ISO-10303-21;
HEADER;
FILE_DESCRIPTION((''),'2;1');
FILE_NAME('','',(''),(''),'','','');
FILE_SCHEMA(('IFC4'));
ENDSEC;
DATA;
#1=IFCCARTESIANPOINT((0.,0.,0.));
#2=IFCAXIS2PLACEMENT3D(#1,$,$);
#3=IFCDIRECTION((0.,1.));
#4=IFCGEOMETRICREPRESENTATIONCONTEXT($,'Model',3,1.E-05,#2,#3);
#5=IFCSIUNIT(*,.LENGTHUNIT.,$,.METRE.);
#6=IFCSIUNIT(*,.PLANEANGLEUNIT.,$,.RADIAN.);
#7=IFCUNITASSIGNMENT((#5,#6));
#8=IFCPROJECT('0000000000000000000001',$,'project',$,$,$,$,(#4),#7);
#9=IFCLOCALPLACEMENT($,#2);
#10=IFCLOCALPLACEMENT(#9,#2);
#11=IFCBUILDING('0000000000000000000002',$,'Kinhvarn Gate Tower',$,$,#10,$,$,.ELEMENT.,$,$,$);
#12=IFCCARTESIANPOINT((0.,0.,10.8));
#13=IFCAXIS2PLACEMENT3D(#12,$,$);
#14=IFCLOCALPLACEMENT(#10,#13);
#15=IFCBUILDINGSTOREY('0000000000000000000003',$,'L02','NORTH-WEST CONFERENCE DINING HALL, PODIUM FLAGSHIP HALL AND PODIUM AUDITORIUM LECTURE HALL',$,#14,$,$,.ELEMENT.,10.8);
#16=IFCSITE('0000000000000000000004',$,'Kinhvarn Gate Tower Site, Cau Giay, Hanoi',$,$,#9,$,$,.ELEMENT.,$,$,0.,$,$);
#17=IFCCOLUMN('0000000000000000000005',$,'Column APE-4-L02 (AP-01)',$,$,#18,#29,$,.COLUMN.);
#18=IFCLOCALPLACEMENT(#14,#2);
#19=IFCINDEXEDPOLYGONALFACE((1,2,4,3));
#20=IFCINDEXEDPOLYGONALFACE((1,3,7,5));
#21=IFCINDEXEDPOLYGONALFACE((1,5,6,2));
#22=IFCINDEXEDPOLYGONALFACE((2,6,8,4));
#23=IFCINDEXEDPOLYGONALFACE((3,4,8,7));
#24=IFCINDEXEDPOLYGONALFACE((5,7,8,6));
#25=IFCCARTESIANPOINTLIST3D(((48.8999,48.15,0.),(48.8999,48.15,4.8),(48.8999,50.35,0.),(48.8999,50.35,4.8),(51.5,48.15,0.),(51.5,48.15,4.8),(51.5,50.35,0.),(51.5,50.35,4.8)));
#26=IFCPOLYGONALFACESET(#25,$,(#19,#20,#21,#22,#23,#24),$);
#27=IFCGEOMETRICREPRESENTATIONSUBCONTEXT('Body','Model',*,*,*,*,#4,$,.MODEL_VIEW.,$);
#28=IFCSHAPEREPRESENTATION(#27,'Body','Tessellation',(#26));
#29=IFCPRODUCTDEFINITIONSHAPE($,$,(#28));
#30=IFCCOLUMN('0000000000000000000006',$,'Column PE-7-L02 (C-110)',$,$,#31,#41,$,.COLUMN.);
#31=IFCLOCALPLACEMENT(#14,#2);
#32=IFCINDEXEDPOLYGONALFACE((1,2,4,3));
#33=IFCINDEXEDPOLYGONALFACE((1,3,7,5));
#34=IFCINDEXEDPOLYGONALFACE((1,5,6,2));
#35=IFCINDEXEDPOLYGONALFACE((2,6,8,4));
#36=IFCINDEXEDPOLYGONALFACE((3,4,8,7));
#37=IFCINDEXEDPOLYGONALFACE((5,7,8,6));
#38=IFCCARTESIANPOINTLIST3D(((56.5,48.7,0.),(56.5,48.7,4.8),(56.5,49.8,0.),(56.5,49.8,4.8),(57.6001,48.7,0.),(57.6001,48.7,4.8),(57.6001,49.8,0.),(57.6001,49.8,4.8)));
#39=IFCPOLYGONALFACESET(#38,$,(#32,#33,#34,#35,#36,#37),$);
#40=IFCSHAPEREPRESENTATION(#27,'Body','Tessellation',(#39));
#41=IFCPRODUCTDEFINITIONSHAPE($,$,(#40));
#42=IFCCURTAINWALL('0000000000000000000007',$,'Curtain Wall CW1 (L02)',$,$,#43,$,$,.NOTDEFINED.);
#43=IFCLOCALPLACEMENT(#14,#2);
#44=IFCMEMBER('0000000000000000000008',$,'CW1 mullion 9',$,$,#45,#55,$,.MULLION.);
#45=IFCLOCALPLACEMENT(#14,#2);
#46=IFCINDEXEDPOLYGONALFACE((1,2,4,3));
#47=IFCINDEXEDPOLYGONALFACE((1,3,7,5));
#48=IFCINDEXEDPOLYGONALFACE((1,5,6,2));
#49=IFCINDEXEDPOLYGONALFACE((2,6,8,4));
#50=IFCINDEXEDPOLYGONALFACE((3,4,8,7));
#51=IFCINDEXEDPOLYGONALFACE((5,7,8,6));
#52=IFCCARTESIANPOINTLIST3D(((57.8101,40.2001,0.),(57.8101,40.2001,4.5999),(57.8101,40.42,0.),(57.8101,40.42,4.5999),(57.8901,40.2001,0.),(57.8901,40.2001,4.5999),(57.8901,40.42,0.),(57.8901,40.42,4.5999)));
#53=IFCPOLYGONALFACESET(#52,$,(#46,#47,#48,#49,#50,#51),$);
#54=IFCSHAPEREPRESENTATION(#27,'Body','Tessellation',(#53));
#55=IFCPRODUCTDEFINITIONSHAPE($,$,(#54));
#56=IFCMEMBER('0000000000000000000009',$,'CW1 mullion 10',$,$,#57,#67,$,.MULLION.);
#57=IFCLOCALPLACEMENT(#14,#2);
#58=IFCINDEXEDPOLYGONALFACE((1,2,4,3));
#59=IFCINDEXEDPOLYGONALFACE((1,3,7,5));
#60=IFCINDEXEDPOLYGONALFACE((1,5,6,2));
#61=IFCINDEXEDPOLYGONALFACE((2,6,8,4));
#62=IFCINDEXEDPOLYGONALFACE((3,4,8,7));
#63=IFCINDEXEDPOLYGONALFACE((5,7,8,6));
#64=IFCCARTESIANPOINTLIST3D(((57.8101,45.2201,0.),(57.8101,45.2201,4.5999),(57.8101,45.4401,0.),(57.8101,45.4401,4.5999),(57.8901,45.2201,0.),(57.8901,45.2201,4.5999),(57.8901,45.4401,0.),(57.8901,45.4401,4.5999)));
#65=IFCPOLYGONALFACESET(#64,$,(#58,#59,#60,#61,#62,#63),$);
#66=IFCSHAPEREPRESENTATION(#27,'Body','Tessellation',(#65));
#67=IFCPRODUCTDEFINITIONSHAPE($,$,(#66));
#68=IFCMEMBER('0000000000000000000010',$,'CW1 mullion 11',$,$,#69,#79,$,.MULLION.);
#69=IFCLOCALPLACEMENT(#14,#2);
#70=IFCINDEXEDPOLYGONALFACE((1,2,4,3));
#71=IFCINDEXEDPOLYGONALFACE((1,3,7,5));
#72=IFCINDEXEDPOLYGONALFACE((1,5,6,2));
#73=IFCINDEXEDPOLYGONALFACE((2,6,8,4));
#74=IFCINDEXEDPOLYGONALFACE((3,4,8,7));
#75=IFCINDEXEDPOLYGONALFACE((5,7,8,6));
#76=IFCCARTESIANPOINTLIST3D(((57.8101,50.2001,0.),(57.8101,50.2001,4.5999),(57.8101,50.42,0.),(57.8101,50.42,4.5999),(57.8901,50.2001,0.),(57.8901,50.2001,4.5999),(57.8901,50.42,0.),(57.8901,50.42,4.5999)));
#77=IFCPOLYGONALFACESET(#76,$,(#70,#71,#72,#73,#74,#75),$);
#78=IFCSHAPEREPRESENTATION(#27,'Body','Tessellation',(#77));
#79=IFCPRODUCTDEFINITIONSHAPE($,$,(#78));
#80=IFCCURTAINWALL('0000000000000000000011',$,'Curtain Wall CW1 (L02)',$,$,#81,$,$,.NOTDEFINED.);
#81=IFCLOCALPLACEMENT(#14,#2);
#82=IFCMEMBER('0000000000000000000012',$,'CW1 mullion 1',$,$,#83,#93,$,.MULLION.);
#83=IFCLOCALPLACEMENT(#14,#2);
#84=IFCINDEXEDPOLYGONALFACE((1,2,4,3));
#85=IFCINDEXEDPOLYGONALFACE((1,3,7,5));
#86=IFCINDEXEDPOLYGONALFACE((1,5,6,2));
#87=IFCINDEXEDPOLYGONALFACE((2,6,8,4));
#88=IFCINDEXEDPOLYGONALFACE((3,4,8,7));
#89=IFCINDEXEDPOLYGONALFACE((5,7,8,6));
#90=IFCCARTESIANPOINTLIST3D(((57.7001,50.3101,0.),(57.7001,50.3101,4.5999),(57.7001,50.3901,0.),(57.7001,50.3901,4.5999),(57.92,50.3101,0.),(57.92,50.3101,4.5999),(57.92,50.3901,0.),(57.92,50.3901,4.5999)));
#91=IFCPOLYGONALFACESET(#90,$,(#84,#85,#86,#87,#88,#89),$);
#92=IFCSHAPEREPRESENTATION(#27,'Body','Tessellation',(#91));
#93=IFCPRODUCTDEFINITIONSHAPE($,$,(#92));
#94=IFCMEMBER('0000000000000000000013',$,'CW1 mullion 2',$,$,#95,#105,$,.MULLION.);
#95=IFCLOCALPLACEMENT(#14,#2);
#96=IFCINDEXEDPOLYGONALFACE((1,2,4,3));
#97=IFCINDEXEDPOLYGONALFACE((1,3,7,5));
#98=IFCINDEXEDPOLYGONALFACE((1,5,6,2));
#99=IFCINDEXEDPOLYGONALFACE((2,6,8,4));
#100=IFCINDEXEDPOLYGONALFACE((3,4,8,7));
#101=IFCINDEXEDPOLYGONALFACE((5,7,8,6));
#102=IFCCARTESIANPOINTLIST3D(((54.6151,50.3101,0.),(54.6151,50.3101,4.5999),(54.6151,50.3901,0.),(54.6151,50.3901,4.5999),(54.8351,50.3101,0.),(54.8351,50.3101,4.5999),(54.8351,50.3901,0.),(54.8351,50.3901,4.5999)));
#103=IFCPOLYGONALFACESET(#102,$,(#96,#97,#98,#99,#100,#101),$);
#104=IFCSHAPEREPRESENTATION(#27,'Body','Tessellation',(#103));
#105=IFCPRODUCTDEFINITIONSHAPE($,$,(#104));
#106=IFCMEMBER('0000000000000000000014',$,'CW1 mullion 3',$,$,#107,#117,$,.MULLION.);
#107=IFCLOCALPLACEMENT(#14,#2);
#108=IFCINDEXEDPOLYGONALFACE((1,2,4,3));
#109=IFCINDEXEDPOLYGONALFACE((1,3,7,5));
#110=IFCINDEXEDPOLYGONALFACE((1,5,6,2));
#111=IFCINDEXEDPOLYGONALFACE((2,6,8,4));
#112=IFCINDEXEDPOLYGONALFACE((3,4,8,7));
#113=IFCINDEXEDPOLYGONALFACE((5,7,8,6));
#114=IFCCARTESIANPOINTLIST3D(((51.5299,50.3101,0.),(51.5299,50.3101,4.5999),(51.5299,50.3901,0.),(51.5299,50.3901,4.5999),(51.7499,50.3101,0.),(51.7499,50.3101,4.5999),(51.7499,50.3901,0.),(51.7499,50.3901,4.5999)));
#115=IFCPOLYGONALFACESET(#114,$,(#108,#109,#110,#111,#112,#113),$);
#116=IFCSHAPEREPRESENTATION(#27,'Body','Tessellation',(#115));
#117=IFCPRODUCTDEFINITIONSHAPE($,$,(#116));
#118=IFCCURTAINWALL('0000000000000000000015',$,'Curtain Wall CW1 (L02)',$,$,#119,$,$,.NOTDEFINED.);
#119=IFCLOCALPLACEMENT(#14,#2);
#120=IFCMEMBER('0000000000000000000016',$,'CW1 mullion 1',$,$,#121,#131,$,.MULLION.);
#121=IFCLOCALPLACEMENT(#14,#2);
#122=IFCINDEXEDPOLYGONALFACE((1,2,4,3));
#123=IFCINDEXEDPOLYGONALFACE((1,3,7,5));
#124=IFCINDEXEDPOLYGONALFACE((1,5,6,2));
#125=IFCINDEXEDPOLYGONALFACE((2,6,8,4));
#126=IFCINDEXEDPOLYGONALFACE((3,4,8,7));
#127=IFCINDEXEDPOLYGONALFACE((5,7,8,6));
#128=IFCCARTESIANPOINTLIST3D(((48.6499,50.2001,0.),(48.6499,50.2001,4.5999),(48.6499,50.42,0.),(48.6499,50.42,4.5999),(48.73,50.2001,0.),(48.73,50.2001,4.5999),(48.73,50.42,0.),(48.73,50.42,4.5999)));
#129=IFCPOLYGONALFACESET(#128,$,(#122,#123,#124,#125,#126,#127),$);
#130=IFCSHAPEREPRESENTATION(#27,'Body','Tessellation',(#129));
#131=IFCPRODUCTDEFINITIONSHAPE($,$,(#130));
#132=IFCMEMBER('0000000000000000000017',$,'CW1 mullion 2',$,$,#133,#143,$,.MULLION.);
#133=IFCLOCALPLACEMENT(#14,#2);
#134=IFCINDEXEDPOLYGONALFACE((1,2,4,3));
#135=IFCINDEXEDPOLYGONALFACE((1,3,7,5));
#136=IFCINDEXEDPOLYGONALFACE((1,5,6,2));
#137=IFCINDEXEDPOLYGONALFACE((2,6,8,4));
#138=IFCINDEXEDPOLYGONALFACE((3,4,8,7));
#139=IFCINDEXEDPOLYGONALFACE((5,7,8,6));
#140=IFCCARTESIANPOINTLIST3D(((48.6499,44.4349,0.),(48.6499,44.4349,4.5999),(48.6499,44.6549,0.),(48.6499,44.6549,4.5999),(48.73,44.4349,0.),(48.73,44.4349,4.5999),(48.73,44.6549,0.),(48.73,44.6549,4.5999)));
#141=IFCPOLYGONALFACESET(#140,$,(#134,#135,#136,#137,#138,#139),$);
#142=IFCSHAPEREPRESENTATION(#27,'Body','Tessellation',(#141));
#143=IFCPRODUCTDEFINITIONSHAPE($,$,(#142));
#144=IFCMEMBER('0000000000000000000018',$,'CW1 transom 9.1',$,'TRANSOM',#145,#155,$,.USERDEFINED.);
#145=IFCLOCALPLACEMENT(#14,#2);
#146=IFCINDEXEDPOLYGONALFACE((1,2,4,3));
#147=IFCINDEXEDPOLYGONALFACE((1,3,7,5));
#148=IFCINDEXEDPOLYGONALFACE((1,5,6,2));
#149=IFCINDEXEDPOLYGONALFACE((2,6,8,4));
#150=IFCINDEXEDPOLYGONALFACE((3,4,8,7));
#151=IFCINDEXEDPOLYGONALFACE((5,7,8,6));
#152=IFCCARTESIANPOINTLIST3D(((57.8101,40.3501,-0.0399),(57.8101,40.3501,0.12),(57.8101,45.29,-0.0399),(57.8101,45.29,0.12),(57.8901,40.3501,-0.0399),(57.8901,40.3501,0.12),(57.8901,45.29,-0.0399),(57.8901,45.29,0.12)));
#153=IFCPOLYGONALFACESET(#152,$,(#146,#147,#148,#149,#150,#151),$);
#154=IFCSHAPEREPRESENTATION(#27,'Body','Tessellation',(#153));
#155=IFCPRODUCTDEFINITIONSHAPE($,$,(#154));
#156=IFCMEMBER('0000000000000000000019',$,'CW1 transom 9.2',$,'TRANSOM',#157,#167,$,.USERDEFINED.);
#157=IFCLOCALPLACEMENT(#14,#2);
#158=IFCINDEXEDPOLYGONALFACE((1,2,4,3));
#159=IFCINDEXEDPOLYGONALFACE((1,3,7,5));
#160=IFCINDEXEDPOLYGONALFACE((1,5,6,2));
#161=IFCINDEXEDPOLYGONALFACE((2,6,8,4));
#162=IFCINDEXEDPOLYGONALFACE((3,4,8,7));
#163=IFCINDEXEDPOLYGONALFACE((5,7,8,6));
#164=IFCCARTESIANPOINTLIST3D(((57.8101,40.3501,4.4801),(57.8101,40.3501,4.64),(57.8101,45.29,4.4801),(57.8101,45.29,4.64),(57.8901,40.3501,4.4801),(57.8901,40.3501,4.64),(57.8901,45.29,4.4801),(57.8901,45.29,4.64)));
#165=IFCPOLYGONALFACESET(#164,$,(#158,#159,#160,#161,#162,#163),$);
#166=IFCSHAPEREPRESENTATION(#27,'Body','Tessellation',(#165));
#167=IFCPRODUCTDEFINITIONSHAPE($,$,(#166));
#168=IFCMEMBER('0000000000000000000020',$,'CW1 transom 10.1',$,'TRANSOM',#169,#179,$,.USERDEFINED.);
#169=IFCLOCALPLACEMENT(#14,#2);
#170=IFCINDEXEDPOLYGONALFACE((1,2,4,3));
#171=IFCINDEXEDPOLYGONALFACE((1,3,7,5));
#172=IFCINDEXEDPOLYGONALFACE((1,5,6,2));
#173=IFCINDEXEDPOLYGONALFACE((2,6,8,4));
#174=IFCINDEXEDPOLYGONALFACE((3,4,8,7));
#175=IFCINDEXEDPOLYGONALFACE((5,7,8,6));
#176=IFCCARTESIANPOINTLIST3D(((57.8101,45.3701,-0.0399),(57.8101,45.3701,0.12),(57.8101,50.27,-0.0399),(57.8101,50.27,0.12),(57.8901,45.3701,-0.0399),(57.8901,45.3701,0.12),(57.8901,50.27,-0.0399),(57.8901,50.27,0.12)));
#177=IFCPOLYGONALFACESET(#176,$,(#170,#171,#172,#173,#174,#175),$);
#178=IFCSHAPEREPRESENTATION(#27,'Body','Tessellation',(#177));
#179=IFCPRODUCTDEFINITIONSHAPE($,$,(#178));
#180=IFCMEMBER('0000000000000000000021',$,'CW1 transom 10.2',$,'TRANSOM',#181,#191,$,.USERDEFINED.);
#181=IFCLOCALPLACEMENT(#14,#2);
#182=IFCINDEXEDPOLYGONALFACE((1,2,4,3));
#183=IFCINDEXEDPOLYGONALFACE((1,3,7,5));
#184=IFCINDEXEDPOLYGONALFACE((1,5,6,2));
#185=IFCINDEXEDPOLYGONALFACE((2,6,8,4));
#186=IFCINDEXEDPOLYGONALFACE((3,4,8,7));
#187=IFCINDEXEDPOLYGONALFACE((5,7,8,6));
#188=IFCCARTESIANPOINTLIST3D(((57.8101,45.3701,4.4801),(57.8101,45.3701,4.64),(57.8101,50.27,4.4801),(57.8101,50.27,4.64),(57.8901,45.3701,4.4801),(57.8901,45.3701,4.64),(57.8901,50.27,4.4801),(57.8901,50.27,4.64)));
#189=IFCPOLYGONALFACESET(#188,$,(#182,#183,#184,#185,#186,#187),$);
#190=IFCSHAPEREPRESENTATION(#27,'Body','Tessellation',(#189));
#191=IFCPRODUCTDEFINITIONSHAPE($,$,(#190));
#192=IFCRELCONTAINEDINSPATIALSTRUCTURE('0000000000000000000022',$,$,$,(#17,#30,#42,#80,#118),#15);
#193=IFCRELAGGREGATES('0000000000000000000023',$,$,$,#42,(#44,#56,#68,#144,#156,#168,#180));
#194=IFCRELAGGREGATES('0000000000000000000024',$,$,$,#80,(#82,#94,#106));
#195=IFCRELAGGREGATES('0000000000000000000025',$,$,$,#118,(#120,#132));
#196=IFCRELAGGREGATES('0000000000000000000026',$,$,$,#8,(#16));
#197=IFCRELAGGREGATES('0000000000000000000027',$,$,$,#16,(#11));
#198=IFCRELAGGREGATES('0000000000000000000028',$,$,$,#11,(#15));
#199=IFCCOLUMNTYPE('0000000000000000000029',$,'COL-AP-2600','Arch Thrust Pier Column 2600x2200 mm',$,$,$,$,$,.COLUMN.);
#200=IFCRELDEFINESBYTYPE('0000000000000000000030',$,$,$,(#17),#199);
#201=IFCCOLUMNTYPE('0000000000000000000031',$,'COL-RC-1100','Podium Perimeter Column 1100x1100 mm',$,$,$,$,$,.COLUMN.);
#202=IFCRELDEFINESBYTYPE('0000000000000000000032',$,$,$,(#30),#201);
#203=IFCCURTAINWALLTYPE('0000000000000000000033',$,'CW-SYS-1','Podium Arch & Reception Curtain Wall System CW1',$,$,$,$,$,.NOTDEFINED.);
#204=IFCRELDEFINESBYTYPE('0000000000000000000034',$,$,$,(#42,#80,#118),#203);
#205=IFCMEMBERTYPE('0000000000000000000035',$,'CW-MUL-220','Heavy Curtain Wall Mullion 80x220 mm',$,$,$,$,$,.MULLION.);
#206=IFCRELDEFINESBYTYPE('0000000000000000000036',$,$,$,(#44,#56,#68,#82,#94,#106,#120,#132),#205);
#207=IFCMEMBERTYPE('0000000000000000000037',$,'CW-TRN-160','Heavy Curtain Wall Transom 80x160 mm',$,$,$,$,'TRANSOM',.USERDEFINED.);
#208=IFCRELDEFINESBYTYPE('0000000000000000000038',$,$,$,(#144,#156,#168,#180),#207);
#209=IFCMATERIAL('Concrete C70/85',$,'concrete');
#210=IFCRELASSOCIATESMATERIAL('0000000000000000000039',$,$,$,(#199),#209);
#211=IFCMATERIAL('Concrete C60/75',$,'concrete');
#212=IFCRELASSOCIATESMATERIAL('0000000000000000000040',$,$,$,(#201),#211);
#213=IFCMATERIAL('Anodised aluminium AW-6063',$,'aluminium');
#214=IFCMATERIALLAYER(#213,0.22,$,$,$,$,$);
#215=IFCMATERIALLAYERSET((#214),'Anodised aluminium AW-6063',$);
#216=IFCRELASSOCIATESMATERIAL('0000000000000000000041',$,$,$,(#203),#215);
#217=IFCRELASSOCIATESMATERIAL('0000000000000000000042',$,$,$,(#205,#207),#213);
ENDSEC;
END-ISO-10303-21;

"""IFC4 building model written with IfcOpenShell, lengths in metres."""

from ifc_helpers import new_model, si_unit, direction, frame, origin, origin_2d, place, context, subcontext, project, spatial, rectangle, extrude, material, layer, layer_set, material_profile, profile_set, type_object, element, aggregate, save


model = new_model("IFC4")

# Units and contexts
model_context = context("Model", 3, precision=1e-05, world=origin(), true_north=direction((0.0, 1.0)))
body_context = subcontext(model_context, "Body", "Model", "MODEL_VIEW")
ifc_project = project(units=[si_unit("LENGTHUNIT", "METRE"), si_unit("PLANEANGLEUNIT", "RADIAN")], contexts=[model_context])

# Site, building, storey
site_placement = place(None, origin())
site = spatial("IfcSite", under=ifc_project, at=site_placement, Name="Kinhvarn Gate Tower Site, Cau Giay, Hanoi", CompositionType="ELEMENT", RefElevation=0.0)
building_placement = place(site_placement, origin())
building = spatial("IfcBuilding", under=site, at=building_placement, Name="Kinhvarn Gate Tower", CompositionType="ELEMENT")
storey_placement = place(building_placement, frame((0.0, 0.0, 10.8)))
storey = spatial("IfcBuildingStorey", under=building, at=storey_placement, Name="L02", Description="NORTH-WEST CONFERENCE DINING HALL, PODIUM FLAGSHIP HALL AND PODIUM AUDITORIUM LECTURE HALL", CompositionType="ELEMENT", Elevation=10.8)

# Columns
ifc_material_1 = material(Name="Concrete C70/85", Category="concrete")
ifc_material_profile_1 = material_profile(ifc_material_1, rectangle(XDim=2.6001, YDim=2.2, at=origin_2d()), Name="RC 2600x2200")
ifc_profile_set_1 = profile_set([ifc_material_profile_1], Name="Concrete C70/85")
column_type_1 = type_object("IfcColumnType", Name="COL-AP-2600", Description="Arch Thrust Pier Column 2600x2200 mm", PredefinedType="COLUMN", material=ifc_profile_set_1)
column_1_placement = place(storey_placement, frame((50.2, 49.25, 0.0), z_axis=(0.0, 0.0, 1.0), x_axis=(1.0, 0.0, 0.0)))
element("IfcColumn", 1, at=column_1_placement, inside=storey, type_object=column_type_1, Name="Column APE-4-L02 (AP-01)", PredefinedType="COLUMN", context=body_context, shape_type="SweptSolid", body=[
    extrude(rectangle(XDim=2.6001, YDim=2.2, at=origin_2d()), origin(), (0.0, 0.0, 1.0), 4.8),
])
ifc_material_2 = material(Name="Concrete C60/75", Category="concrete")
ifc_material_profile_2 = material_profile(ifc_material_2, rectangle(XDim=1.1001, YDim=1.1001, at=origin_2d()), Name="RC 1100x1100")
ifc_profile_set_2 = profile_set([ifc_material_profile_2], Name="Concrete C60/75")
column_type_2 = type_object("IfcColumnType", Name="COL-RC-1100", Description="Podium Perimeter Column 1100x1100 mm", PredefinedType="COLUMN", material=ifc_profile_set_2)
column_2_placement = place(storey_placement, frame((57.05, 49.25, 0.0), z_axis=(0.0, 0.0, 1.0), x_axis=(1.0, 0.0, 0.0)))
element("IfcColumn", 2, at=column_2_placement, inside=storey, type_object=column_type_2, Name="Column PE-7-L02 (C-110)", PredefinedType="COLUMN", context=body_context, shape_type="SweptSolid", body=[
    extrude(rectangle(XDim=1.1001, YDim=1.1001, at=origin_2d()), origin(), (0.0, 0.0, 1.0), 4.8),
])

# Curtain walls, members
ifc_material_3 = material(Name="Anodised aluminium AW-6063", Category="aluminium")
ifc_layer_1 = layer(ifc_material_3, 0.22)
ifc_layer_set_1 = layer_set([ifc_layer_1], Name="Anodised aluminium AW-6063")
curtain_wall_type = type_object("IfcCurtainWallType", Name="CW-SYS-1", Description="Podium Arch & Reception Curtain Wall System CW1", PredefinedType="NOTDEFINED", material=ifc_layer_set_1)
curtain_wall_1_placement = place(storey_placement, origin())
curtain_wall_1 = element("IfcCurtainWall", 3, at=curtain_wall_1_placement, inside=storey, type_object=curtain_wall_type, Name="Curtain Wall CW1 (L02)", PredefinedType="NOTDEFINED")
ifc_material_profile_3 = material_profile(ifc_material_3, rectangle(XDim=0.0801, YDim=0.22, at=origin_2d()), Name="ALU 80x220")
ifc_profile_set_3 = profile_set([ifc_material_profile_3], Name="Anodised aluminium AW-6063")
member_type_1 = type_object("IfcMemberType", Name="CW-MUL-220", Description="Heavy Curtain Wall Mullion 80x220 mm", PredefinedType="MULLION", material=ifc_profile_set_3)
member_1_placement = place(storey_placement, frame((57.8501, 40.3101, 0.0), z_axis=(0.0, 0.0, 1.0), x_axis=(-1.0, 0.0, 0.0)))
member_1 = element("IfcMember", 4, at=member_1_placement, type_object=member_type_1, Name="CW1 mullion 9", PredefinedType="MULLION", context=body_context, shape_type="SweptSolid", body=[
    extrude(rectangle(XDim=0.0801, YDim=0.22, at=origin_2d()), origin(), (0.0, 0.0, 1.0), 4.5999),
])
member_2_placement = place(storey_placement, frame((57.8501, 45.3301, 0.0), z_axis=(0.0, 0.0, 1.0), x_axis=(-1.0, 0.0, 0.0)))
member_2 = element("IfcMember", 5, at=member_2_placement, type_object=member_type_1, Name="CW1 mullion 10", PredefinedType="MULLION", context=body_context, shape_type="SweptSolid", body=[
    extrude(rectangle(XDim=0.0801, YDim=0.22, at=origin_2d()), origin(), (0.0, 0.0, 1.0), 4.5999),
])
member_3_placement = place(storey_placement, frame((57.8501, 50.3101, 0.0), z_axis=(0.0, 0.0, 1.0), x_axis=(-1.0, 0.0, 0.0)))
member_3 = element("IfcMember", 6, at=member_3_placement, type_object=member_type_1, Name="CW1 mullion 11", PredefinedType="MULLION", context=body_context, shape_type="SweptSolid", body=[
    extrude(rectangle(XDim=0.0801, YDim=0.22, at=origin_2d()), origin(), (0.0, 0.0, 1.0), 4.5999),
])
curtain_wall_2_placement = place(storey_placement, origin())
curtain_wall_2 = element("IfcCurtainWall", 7, at=curtain_wall_2_placement, inside=storey, type_object=curtain_wall_type, Name="Curtain Wall CW1 (L02)", PredefinedType="NOTDEFINED")
member_4_placement = place(storey_placement, frame((57.8101, 50.3501, 0.0), z_axis=(0.0, 0.0, 1.0), x_axis=(0.0, -1.0, 0.0)))
member_4 = element("IfcMember", 8, at=member_4_placement, type_object=member_type_1, Name="CW1 mullion 1", PredefinedType="MULLION", context=body_context, shape_type="SweptSolid", body=[
    extrude(rectangle(XDim=0.0801, YDim=0.22, at=origin_2d()), origin(), (0.0, 0.0, 1.0), 4.5999),
])
member_5_placement = place(storey_placement, frame((54.7251, 50.3501, 0.0), z_axis=(0.0, 0.0, 1.0), x_axis=(0.0, -1.0, 0.0)))
member_5 = element("IfcMember", 9, at=member_5_placement, type_object=member_type_1, Name="CW1 mullion 2", PredefinedType="MULLION", context=body_context, shape_type="SweptSolid", body=[
    extrude(rectangle(XDim=0.0801, YDim=0.22, at=origin_2d()), origin(), (0.0, 0.0, 1.0), 4.5999),
])
member_6_placement = place(storey_placement, frame((51.6399, 50.3501, 0.0), z_axis=(0.0, 0.0, 1.0), x_axis=(0.0, -1.0, 0.0)))
member_6 = element("IfcMember", 10, at=member_6_placement, type_object=member_type_1, Name="CW1 mullion 3", PredefinedType="MULLION", context=body_context, shape_type="SweptSolid", body=[
    extrude(rectangle(XDim=0.0801, YDim=0.22, at=origin_2d()), origin(), (0.0, 0.0, 1.0), 4.5999),
])
curtain_wall_3_placement = place(storey_placement, origin())
curtain_wall_3 = element("IfcCurtainWall", 11, at=curtain_wall_3_placement, inside=storey, type_object=curtain_wall_type, Name="Curtain Wall CW1 (L02)", PredefinedType="NOTDEFINED")
member_7_placement = place(storey_placement, frame((48.6899, 50.3101, 0.0), z_axis=(0.0, 0.0, 1.0), x_axis=(1.0, 0.0, 0.0)))
member_7 = element("IfcMember", 12, at=member_7_placement, type_object=member_type_1, Name="CW1 mullion 1", PredefinedType="MULLION", context=body_context, shape_type="SweptSolid", body=[
    extrude(rectangle(XDim=0.0801, YDim=0.22, at=origin_2d()), origin(), (0.0, 0.0, 1.0), 4.5999),
])
member_8_placement = place(storey_placement, frame((48.6899, 44.5449, 0.0), z_axis=(0.0, 0.0, 1.0), x_axis=(1.0, 0.0, 0.0)))
member_8 = element("IfcMember", 13, at=member_8_placement, type_object=member_type_1, Name="CW1 mullion 2", PredefinedType="MULLION", context=body_context, shape_type="SweptSolid", body=[
    extrude(rectangle(XDim=0.0801, YDim=0.22, at=origin_2d()), origin(), (0.0, 0.0, 1.0), 4.5999),
])

# Members
ifc_material_profile_4 = material_profile(ifc_material_3, rectangle(XDim=0.0801, YDim=0.1599, at=origin_2d()), Name="ALU 80x160")
ifc_profile_set_4 = profile_set([ifc_material_profile_4], Name="Anodised aluminium AW-6063")
member_type_2 = type_object("IfcMemberType", Name="CW-TRN-160", Description="Heavy Curtain Wall Transom 80x160 mm", ElementType="TRANSOM", PredefinedType="USERDEFINED", material=ifc_profile_set_4)
member_9_placement = place(storey_placement, frame((57.8501, 40.3501, 0.04), z_axis=(0.0, 1.0, 0.0), x_axis=(-1.0, 0.0, 0.0)))
member_9 = element("IfcMember", 14, at=member_9_placement, type_object=member_type_2, Name="CW1 transom 9.1", ObjectType="TRANSOM", PredefinedType="USERDEFINED", context=body_context, shape_type="SweptSolid", body=[
    extrude(rectangle(XDim=0.0801, YDim=0.1599, at=origin_2d()), origin(), (0.0, 0.0, 1.0), 4.9399),
])
member_10_placement = place(storey_placement, frame((57.8501, 40.3501, 4.5601), z_axis=(0.0, 1.0, 0.0), x_axis=(-1.0, 0.0, 0.0)))
member_10 = element("IfcMember", 15, at=member_10_placement, type_object=member_type_2, Name="CW1 transom 9.2", ObjectType="TRANSOM", PredefinedType="USERDEFINED", context=body_context, shape_type="SweptSolid", body=[
    extrude(rectangle(XDim=0.0801, YDim=0.1599, at=origin_2d()), origin(), (0.0, 0.0, 1.0), 4.9399),
])
member_11_placement = place(storey_placement, frame((57.8501, 45.3701, 0.04), z_axis=(0.0, 1.0, 0.0), x_axis=(-1.0, 0.0, 0.0)))
member_11 = element("IfcMember", 16, at=member_11_placement, type_object=member_type_2, Name="CW1 transom 10.1", ObjectType="TRANSOM", PredefinedType="USERDEFINED", context=body_context, shape_type="SweptSolid", body=[
    extrude(rectangle(XDim=0.0801, YDim=0.1599, at=origin_2d()), origin(), (0.0, 0.0, 1.0), 4.8999),
])
member_12_placement = place(storey_placement, frame((57.8501, 45.3701, 4.5601), z_axis=(0.0, 1.0, 0.0), x_axis=(-1.0, 0.0, 0.0)))
member_12 = element("IfcMember", 17, at=member_12_placement, type_object=member_type_2, Name="CW1 transom 10.2", ObjectType="TRANSOM", PredefinedType="USERDEFINED", context=body_context, shape_type="SweptSolid", body=[
    extrude(rectangle(XDim=0.0801, YDim=0.1599, at=origin_2d()), origin(), (0.0, 0.0, 1.0), 4.8999),
])

aggregate(curtain_wall_1, [member_1, member_2, member_3, member_9, member_10, member_11, member_12])
aggregate(curtain_wall_2, [member_4, member_5, member_6])
aggregate(curtain_wall_3, [member_7, member_8])

save(model, "model.ifc")
